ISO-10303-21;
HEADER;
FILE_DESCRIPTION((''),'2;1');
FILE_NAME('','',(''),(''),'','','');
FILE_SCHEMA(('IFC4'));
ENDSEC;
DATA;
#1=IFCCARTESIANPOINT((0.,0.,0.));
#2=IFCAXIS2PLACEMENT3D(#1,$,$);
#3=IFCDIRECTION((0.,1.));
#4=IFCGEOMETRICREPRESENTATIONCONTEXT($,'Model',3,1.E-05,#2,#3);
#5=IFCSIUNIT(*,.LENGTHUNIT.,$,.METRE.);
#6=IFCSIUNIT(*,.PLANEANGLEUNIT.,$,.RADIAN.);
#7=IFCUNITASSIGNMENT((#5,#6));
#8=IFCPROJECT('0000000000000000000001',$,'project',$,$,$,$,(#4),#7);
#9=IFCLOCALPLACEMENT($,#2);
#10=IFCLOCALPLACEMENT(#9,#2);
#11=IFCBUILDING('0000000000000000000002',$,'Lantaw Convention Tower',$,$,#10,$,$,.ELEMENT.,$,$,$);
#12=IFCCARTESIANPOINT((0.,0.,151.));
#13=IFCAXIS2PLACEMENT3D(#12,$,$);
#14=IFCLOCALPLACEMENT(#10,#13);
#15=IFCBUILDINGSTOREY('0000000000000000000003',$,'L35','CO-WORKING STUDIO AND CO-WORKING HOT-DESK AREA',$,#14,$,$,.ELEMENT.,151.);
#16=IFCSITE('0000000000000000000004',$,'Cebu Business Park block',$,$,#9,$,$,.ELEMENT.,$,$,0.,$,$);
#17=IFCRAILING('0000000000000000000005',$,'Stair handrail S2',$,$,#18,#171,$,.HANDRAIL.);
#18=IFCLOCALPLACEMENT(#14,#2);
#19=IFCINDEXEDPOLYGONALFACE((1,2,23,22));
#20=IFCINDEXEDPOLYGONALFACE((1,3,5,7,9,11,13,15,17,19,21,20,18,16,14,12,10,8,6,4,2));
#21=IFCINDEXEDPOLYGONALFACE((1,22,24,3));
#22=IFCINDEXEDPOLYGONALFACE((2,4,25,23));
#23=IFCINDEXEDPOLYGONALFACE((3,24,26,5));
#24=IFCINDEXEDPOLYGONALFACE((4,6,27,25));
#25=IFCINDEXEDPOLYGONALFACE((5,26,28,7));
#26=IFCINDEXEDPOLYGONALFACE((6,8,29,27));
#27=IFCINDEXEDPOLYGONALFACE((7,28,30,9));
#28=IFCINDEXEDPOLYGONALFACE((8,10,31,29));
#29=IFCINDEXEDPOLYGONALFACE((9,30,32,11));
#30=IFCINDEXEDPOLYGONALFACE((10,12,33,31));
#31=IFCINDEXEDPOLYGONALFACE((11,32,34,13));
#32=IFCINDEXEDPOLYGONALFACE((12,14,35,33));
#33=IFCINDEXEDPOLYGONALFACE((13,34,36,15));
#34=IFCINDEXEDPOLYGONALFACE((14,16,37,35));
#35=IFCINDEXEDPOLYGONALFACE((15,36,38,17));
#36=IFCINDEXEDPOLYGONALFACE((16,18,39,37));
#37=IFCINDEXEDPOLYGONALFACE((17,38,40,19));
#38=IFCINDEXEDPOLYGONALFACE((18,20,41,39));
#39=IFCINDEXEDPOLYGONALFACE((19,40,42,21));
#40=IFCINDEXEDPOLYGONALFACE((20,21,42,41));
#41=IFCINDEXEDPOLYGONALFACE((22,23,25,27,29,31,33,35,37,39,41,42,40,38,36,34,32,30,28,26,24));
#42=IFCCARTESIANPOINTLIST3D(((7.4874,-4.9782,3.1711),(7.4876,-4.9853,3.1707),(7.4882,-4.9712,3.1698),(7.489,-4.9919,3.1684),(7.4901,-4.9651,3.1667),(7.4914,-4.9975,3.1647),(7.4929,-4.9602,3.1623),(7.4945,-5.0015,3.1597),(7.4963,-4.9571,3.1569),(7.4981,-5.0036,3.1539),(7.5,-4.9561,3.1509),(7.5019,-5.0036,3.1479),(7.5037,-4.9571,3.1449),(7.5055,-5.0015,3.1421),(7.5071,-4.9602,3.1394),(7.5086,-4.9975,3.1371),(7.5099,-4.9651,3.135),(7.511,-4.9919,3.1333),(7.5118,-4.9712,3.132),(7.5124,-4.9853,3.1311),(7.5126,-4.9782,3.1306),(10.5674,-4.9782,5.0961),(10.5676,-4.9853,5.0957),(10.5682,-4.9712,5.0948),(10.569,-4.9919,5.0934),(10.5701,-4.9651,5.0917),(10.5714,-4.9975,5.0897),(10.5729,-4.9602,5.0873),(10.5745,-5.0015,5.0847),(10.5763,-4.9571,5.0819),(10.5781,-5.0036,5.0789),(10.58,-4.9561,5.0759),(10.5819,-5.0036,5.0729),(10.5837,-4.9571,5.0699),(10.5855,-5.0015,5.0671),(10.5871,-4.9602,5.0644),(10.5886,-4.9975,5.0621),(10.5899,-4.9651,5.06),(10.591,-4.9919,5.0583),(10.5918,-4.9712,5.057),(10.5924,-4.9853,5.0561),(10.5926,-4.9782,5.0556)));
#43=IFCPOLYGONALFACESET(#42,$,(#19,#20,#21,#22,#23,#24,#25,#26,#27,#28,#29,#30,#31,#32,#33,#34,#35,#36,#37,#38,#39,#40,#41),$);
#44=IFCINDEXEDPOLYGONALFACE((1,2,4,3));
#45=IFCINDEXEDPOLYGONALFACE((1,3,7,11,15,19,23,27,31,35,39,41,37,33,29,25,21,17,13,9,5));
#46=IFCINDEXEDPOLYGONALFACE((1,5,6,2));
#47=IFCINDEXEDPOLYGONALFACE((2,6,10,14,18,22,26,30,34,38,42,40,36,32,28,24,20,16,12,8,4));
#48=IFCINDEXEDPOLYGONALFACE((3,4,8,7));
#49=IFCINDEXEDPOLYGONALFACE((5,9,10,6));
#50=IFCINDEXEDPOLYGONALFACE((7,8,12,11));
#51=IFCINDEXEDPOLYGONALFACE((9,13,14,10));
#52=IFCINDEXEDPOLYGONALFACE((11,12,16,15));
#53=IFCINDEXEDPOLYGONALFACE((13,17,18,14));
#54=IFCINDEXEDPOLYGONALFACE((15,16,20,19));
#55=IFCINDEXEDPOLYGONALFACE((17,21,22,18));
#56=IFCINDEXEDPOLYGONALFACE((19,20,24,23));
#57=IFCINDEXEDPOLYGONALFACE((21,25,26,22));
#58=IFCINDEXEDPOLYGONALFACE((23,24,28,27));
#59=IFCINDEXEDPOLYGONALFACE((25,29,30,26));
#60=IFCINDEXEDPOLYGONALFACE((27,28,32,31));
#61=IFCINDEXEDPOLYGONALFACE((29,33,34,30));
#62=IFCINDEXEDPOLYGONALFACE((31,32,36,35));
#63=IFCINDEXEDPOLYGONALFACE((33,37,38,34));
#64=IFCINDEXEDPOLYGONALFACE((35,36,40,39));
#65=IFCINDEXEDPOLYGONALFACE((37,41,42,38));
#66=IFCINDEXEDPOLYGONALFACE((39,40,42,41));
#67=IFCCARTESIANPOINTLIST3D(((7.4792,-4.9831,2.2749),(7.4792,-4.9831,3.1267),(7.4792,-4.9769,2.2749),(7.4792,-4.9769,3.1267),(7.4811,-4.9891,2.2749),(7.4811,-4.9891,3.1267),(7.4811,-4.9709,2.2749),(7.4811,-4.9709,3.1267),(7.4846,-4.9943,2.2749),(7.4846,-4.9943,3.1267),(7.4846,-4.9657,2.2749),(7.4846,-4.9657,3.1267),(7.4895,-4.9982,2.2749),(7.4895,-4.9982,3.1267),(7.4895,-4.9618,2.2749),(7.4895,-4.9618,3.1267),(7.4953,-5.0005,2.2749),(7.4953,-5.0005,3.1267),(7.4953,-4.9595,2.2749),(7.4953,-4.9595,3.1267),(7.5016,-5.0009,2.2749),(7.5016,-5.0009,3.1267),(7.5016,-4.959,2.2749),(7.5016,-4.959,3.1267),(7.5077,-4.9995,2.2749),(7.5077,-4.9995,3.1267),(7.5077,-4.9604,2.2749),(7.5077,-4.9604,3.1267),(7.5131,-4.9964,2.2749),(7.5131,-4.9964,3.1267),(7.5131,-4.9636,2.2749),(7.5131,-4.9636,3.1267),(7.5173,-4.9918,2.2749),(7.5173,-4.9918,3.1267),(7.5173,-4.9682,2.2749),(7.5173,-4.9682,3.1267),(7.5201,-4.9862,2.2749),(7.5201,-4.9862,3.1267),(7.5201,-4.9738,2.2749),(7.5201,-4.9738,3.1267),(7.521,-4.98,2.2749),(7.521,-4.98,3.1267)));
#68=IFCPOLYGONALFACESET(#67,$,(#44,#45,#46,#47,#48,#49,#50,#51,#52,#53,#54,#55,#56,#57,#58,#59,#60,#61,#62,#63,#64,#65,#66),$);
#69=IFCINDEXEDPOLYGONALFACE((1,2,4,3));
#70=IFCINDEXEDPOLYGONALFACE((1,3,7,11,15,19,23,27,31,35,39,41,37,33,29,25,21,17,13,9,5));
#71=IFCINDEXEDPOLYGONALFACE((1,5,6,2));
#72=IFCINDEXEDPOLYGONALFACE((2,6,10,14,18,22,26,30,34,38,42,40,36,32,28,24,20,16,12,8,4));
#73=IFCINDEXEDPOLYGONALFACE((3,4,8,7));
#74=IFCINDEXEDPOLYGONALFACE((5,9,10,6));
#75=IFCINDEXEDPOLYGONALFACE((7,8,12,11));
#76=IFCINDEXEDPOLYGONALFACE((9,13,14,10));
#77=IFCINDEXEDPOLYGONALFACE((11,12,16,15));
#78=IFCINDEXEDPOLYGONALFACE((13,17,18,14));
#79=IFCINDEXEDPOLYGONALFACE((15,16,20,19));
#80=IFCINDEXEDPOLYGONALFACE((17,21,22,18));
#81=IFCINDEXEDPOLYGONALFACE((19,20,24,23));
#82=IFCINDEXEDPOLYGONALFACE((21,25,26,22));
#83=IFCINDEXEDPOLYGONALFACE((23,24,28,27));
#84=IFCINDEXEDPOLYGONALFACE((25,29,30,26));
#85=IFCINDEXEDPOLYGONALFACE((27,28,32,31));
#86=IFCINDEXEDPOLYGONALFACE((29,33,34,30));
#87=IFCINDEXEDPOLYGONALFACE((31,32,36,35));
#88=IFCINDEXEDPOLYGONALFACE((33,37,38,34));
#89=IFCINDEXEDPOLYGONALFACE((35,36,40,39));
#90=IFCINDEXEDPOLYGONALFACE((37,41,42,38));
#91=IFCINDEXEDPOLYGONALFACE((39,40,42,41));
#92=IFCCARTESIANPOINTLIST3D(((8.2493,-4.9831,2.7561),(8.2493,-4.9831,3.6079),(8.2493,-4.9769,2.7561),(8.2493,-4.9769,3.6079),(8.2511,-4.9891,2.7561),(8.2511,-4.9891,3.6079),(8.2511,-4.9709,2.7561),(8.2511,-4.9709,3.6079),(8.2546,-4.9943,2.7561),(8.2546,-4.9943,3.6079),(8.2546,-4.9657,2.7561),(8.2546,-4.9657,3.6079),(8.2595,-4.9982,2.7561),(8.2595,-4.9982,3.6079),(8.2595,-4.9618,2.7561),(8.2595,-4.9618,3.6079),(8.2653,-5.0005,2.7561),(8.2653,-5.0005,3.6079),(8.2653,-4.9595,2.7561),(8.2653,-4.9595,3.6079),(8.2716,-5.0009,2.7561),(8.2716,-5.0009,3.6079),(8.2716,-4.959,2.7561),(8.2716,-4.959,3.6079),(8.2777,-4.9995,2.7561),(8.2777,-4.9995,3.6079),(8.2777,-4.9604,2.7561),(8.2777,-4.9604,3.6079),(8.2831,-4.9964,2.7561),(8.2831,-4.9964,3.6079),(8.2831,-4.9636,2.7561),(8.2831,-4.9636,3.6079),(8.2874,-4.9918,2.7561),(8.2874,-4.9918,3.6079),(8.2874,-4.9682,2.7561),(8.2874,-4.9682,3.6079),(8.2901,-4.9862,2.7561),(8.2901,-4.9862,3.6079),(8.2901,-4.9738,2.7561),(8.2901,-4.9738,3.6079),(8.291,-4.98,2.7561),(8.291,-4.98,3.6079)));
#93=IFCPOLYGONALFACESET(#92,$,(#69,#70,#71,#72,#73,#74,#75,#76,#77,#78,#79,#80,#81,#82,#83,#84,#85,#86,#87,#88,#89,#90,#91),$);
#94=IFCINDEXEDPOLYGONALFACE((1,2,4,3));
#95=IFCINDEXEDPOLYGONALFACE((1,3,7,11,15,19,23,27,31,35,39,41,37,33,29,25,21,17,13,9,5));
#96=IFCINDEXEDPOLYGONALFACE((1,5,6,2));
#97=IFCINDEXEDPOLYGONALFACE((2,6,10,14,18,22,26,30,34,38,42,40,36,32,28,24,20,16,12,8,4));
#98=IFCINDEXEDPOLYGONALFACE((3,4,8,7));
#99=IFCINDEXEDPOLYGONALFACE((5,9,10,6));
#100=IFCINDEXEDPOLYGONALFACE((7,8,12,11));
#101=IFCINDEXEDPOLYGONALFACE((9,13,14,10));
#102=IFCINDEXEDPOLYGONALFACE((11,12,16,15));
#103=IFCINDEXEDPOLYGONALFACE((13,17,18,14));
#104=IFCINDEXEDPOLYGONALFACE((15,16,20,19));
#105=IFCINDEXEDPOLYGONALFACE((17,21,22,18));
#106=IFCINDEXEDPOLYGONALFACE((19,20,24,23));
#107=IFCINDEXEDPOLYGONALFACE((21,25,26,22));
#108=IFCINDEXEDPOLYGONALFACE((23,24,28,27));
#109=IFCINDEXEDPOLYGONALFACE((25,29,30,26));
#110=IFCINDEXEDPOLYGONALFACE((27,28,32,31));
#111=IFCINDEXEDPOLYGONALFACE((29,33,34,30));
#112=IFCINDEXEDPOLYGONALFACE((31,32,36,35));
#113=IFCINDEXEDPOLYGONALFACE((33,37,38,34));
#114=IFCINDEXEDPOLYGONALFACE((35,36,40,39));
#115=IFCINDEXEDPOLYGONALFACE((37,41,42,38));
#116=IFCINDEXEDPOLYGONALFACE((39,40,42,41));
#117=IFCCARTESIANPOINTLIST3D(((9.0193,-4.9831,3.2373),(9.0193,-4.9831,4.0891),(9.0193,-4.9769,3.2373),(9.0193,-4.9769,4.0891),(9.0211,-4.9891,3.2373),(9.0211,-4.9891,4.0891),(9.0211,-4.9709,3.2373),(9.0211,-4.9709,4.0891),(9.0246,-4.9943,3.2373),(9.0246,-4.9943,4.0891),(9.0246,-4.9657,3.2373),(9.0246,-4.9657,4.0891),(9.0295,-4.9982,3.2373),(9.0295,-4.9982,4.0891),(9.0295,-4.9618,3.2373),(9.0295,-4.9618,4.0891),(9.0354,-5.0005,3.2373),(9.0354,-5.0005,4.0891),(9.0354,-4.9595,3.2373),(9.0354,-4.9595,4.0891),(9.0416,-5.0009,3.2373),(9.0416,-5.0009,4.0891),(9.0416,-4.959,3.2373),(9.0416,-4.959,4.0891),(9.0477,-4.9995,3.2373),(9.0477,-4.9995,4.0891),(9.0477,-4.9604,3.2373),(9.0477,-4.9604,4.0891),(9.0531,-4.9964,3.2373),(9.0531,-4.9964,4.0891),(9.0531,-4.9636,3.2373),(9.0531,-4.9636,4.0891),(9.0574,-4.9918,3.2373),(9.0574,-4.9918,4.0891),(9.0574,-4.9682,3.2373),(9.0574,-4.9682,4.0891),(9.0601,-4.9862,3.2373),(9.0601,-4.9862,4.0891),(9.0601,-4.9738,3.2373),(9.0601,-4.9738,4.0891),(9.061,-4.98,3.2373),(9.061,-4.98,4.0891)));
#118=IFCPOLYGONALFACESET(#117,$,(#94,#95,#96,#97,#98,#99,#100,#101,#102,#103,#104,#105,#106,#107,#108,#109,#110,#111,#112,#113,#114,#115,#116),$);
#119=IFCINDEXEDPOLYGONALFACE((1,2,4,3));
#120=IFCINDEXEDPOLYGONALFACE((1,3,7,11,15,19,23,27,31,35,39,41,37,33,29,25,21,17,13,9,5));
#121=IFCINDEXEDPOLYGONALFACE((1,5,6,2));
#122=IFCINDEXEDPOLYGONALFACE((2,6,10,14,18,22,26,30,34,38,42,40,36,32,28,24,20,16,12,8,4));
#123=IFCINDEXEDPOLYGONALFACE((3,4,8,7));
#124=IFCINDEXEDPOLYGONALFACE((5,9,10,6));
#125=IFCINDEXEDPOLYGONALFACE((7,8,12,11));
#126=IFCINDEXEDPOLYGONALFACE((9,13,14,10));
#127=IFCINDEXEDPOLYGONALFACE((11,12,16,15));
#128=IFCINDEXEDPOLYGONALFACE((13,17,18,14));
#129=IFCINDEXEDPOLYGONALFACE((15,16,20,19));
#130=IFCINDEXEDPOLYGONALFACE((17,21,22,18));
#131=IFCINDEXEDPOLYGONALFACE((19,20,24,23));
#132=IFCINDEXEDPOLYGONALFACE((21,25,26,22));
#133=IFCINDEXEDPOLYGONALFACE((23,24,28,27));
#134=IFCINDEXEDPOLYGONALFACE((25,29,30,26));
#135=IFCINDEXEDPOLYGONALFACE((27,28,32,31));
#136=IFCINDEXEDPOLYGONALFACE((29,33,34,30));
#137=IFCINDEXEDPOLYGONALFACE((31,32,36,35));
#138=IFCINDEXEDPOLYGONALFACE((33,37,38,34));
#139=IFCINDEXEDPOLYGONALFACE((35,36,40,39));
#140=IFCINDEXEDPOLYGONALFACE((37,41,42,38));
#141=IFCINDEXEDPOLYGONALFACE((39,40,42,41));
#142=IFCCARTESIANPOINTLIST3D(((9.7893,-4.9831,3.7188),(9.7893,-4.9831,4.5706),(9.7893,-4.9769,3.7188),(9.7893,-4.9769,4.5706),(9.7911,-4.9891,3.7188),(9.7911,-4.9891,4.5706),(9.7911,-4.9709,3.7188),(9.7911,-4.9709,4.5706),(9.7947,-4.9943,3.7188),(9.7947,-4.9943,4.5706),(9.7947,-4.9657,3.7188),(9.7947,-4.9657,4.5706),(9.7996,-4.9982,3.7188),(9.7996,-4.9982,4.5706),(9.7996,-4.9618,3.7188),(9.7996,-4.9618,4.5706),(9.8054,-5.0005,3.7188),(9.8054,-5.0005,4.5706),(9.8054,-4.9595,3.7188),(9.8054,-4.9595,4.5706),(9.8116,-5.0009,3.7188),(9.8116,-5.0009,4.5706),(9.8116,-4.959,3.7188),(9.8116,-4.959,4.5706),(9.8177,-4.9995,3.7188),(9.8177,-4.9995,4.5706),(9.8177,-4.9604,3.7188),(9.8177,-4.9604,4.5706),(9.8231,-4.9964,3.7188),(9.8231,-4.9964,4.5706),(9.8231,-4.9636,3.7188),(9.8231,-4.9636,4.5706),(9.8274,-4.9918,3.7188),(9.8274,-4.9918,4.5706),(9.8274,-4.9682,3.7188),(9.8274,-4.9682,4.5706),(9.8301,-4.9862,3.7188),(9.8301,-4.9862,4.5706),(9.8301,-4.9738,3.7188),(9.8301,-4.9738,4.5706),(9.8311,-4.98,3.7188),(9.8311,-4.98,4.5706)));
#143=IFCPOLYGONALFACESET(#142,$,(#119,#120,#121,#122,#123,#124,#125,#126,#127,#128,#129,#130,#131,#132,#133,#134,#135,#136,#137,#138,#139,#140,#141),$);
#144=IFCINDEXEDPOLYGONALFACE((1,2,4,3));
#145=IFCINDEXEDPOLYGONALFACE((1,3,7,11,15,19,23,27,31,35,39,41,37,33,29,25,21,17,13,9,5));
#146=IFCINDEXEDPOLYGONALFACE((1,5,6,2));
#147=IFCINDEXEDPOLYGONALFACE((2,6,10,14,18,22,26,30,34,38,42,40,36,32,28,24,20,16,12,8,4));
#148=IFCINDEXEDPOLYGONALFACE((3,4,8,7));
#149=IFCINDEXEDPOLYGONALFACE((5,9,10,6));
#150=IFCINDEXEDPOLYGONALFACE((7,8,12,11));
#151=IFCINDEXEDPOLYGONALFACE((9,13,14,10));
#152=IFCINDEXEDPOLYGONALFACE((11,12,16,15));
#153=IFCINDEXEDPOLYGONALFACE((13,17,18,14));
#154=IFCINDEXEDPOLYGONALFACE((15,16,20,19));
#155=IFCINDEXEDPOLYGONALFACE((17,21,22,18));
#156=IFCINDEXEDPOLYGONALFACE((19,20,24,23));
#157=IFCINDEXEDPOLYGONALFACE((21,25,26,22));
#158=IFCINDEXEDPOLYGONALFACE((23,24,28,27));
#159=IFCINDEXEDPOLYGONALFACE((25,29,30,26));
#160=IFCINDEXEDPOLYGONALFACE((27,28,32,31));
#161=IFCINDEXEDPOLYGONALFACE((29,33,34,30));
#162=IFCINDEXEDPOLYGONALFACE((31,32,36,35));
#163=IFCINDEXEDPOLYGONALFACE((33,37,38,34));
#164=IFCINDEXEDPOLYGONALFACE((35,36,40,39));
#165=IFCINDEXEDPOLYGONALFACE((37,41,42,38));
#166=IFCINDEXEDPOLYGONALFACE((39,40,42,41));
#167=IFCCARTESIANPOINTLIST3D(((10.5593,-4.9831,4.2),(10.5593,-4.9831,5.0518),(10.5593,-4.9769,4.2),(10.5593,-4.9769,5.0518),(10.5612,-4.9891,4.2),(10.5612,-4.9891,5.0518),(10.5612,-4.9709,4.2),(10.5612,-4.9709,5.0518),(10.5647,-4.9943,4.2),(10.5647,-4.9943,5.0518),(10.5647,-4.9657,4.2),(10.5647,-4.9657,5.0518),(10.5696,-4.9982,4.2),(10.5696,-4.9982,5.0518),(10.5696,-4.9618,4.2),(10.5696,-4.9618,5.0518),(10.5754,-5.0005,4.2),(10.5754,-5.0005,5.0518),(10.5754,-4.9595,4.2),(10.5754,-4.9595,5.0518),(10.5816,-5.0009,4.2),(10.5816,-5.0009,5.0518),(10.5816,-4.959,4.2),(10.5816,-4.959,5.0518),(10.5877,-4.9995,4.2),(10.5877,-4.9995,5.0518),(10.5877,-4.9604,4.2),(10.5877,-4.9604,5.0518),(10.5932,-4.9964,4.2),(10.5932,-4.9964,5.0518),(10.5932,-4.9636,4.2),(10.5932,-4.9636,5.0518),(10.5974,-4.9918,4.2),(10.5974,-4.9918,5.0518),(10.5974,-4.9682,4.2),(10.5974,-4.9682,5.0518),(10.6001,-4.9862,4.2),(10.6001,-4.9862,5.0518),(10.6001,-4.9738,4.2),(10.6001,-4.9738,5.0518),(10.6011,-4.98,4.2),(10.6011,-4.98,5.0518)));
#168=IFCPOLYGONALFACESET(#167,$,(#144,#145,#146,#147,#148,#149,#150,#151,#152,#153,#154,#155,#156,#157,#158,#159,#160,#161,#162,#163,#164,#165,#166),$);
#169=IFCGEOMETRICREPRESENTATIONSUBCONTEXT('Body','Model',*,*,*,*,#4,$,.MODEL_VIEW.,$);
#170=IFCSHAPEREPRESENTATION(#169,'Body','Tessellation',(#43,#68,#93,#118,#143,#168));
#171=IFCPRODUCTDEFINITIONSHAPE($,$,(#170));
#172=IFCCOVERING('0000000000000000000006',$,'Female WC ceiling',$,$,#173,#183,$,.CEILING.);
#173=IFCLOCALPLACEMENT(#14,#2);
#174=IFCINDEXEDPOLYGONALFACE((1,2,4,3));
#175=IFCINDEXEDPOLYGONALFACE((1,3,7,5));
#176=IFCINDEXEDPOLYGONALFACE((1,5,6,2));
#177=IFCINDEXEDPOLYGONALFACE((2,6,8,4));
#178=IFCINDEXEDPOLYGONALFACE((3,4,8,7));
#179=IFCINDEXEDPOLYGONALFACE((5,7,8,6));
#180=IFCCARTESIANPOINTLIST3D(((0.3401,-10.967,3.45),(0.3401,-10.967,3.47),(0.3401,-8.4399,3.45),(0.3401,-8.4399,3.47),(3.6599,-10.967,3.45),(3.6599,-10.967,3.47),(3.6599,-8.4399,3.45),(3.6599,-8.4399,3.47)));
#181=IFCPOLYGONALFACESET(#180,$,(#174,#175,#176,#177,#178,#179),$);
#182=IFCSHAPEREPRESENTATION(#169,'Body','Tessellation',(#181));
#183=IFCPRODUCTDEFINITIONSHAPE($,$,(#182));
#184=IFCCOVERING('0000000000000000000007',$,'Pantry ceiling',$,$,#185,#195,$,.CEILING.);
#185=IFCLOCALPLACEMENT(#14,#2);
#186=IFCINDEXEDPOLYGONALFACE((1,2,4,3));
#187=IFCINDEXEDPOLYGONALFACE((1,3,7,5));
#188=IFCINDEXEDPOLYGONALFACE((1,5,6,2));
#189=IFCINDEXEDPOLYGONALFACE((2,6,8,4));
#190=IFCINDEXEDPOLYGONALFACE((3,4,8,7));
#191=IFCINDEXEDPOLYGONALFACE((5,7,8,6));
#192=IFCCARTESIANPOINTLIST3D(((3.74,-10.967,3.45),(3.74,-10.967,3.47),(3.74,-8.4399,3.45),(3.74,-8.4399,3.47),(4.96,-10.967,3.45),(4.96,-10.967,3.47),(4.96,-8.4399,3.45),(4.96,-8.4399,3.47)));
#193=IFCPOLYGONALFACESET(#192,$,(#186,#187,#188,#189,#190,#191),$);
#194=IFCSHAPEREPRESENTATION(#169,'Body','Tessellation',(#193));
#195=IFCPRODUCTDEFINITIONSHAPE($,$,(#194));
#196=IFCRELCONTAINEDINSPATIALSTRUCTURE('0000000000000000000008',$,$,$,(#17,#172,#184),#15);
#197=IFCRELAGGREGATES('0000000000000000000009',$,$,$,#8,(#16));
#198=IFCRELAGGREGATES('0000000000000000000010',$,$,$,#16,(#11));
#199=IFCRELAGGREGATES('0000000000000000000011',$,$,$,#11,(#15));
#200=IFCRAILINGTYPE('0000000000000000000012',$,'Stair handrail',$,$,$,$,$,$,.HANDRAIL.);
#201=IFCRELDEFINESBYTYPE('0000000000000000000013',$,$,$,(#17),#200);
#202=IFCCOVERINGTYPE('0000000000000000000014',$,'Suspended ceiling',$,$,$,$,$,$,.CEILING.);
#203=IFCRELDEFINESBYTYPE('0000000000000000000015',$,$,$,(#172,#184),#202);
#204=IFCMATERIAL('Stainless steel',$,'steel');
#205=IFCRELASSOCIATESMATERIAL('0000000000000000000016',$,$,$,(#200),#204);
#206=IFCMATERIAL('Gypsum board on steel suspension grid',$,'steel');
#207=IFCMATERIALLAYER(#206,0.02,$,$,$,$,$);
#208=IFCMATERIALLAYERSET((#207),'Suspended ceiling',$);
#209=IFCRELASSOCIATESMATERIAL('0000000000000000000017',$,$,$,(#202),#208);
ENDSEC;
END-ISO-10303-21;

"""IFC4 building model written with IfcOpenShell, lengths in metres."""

from ifc_helpers import new_model, si_unit, direction, frame, origin, origin_2d, place, context, subcontext, project, spatial, polyline, circle, outline, extrude, material, layer, layer_set, type_object, element, save


model = new_model("IFC4")

# Units and contexts
model_context = context("Model", 3, precision=1e-05, world=origin(), true_north=direction((0.0, 1.0)))
body_context = subcontext(model_context, "Body", "Model", "MODEL_VIEW")
ifc_project = project(units=[si_unit("LENGTHUNIT", "METRE"), si_unit("PLANEANGLEUNIT", "RADIAN")], contexts=[model_context])

# Site, building, storey
site_placement = place(None, origin())
site = spatial("IfcSite", under=ifc_project, at=site_placement, Name="Cebu Business Park block", CompositionType="ELEMENT", RefElevation=0.0)
building_placement = place(site_placement, origin())
building = spatial("IfcBuilding", under=site, at=building_placement, Name="Lantaw Convention Tower", CompositionType="ELEMENT")
storey_placement = place(building_placement, frame((0.0, 0.0, 151.0)))
storey = spatial("IfcBuildingStorey", under=building, at=storey_placement, Name="L35", Description="CO-WORKING STUDIO AND CO-WORKING HOT-DESK AREA", CompositionType="ELEMENT", Elevation=151.0)

# Railing
ifc_material_1 = material(Name="Stainless steel", Category="steel")
railing_type = type_object("IfcRailingType", Name="Stair handrail", PredefinedType="HANDRAIL", material=ifc_material_1)
railing_1_placement = place(storey_placement, frame((7.5, -4.98, 2.2749)))
element("IfcRailing", 1, at=railing_1_placement, inside=storey, type_object=railing_type, Name="Stair handrail S2", PredefinedType="HANDRAIL", context=body_context, shape_type="SweptSolid", body=[
    extrude(circle(Radius=0.0239, at=origin_2d()), frame((0.0, 0.0, 0.876), z_axis=(0.847998, 0.0, 0.529999), x_axis=(0.0, 1.0, 0.0)), (0.0, 0.0, 1.0), 3.6321),
    extrude(circle(Radius=0.021, at=origin_2d()), origin(), (0.0, 0.0, 1.0), 0.8518),
    extrude(circle(Radius=0.021, at=origin_2d()), frame((0.77, 0.0, 0.4812)), (0.0, 0.0, 1.0), 0.8518),
    extrude(circle(Radius=0.021, at=origin_2d()), frame((1.54, 0.0, 0.9624)), (0.0, 0.0, 1.0), 0.8518),
    extrude(circle(Radius=0.021, at=origin_2d()), frame((2.3101, 0.0, 1.4438)), (0.0, 0.0, 1.0), 0.8518),
    extrude(circle(Radius=0.021, at=origin_2d()), frame((3.0801, 0.0, 1.925)), (0.0, 0.0, 1.0), 0.8518),
])

# Coverings
ifc_material_2 = material(Name="Gypsum board on steel suspension grid", Category="steel")
ifc_layer_1 = layer(ifc_material_2, 0.02)
ifc_layer_set_1 = layer_set([ifc_layer_1], Name="Suspended ceiling")
covering_type = type_object("IfcCoveringType", Name="Suspended ceiling", PredefinedType="CEILING", material=ifc_layer_set_1)
covering_1_placement = place(storey_placement, frame((0.0, 0.0, 3.45)))
element("IfcCovering", 2, at=covering_1_placement, inside=storey, type_object=covering_type, Name="Female WC ceiling", PredefinedType="CEILING", context=body_context, shape_type="SweptSolid", body=[
    extrude(outline(polyline([(0.3401, -10.967), (3.6599, -10.967), (3.6599, -8.4399), (0.3401, -8.4399), (0.3401, -10.967)])), origin(), (0.0, 0.0, 1.0), 0.02),
])
covering_2_placement = place(storey_placement, frame((0.0, 0.0, 3.45)))
element("IfcCovering", 3, at=covering_2_placement, inside=storey, type_object=covering_type, Name="Pantry ceiling", PredefinedType="CEILING", context=body_context, shape_type="SweptSolid", body=[
    extrude(outline(polyline([(3.74, -10.967), (4.96, -10.967), (4.96, -8.4399), (3.74, -8.4399), (3.74, -10.967)])), origin(), (0.0, 0.0, 1.0), 0.02),
])

save(model, "model.ifc")
